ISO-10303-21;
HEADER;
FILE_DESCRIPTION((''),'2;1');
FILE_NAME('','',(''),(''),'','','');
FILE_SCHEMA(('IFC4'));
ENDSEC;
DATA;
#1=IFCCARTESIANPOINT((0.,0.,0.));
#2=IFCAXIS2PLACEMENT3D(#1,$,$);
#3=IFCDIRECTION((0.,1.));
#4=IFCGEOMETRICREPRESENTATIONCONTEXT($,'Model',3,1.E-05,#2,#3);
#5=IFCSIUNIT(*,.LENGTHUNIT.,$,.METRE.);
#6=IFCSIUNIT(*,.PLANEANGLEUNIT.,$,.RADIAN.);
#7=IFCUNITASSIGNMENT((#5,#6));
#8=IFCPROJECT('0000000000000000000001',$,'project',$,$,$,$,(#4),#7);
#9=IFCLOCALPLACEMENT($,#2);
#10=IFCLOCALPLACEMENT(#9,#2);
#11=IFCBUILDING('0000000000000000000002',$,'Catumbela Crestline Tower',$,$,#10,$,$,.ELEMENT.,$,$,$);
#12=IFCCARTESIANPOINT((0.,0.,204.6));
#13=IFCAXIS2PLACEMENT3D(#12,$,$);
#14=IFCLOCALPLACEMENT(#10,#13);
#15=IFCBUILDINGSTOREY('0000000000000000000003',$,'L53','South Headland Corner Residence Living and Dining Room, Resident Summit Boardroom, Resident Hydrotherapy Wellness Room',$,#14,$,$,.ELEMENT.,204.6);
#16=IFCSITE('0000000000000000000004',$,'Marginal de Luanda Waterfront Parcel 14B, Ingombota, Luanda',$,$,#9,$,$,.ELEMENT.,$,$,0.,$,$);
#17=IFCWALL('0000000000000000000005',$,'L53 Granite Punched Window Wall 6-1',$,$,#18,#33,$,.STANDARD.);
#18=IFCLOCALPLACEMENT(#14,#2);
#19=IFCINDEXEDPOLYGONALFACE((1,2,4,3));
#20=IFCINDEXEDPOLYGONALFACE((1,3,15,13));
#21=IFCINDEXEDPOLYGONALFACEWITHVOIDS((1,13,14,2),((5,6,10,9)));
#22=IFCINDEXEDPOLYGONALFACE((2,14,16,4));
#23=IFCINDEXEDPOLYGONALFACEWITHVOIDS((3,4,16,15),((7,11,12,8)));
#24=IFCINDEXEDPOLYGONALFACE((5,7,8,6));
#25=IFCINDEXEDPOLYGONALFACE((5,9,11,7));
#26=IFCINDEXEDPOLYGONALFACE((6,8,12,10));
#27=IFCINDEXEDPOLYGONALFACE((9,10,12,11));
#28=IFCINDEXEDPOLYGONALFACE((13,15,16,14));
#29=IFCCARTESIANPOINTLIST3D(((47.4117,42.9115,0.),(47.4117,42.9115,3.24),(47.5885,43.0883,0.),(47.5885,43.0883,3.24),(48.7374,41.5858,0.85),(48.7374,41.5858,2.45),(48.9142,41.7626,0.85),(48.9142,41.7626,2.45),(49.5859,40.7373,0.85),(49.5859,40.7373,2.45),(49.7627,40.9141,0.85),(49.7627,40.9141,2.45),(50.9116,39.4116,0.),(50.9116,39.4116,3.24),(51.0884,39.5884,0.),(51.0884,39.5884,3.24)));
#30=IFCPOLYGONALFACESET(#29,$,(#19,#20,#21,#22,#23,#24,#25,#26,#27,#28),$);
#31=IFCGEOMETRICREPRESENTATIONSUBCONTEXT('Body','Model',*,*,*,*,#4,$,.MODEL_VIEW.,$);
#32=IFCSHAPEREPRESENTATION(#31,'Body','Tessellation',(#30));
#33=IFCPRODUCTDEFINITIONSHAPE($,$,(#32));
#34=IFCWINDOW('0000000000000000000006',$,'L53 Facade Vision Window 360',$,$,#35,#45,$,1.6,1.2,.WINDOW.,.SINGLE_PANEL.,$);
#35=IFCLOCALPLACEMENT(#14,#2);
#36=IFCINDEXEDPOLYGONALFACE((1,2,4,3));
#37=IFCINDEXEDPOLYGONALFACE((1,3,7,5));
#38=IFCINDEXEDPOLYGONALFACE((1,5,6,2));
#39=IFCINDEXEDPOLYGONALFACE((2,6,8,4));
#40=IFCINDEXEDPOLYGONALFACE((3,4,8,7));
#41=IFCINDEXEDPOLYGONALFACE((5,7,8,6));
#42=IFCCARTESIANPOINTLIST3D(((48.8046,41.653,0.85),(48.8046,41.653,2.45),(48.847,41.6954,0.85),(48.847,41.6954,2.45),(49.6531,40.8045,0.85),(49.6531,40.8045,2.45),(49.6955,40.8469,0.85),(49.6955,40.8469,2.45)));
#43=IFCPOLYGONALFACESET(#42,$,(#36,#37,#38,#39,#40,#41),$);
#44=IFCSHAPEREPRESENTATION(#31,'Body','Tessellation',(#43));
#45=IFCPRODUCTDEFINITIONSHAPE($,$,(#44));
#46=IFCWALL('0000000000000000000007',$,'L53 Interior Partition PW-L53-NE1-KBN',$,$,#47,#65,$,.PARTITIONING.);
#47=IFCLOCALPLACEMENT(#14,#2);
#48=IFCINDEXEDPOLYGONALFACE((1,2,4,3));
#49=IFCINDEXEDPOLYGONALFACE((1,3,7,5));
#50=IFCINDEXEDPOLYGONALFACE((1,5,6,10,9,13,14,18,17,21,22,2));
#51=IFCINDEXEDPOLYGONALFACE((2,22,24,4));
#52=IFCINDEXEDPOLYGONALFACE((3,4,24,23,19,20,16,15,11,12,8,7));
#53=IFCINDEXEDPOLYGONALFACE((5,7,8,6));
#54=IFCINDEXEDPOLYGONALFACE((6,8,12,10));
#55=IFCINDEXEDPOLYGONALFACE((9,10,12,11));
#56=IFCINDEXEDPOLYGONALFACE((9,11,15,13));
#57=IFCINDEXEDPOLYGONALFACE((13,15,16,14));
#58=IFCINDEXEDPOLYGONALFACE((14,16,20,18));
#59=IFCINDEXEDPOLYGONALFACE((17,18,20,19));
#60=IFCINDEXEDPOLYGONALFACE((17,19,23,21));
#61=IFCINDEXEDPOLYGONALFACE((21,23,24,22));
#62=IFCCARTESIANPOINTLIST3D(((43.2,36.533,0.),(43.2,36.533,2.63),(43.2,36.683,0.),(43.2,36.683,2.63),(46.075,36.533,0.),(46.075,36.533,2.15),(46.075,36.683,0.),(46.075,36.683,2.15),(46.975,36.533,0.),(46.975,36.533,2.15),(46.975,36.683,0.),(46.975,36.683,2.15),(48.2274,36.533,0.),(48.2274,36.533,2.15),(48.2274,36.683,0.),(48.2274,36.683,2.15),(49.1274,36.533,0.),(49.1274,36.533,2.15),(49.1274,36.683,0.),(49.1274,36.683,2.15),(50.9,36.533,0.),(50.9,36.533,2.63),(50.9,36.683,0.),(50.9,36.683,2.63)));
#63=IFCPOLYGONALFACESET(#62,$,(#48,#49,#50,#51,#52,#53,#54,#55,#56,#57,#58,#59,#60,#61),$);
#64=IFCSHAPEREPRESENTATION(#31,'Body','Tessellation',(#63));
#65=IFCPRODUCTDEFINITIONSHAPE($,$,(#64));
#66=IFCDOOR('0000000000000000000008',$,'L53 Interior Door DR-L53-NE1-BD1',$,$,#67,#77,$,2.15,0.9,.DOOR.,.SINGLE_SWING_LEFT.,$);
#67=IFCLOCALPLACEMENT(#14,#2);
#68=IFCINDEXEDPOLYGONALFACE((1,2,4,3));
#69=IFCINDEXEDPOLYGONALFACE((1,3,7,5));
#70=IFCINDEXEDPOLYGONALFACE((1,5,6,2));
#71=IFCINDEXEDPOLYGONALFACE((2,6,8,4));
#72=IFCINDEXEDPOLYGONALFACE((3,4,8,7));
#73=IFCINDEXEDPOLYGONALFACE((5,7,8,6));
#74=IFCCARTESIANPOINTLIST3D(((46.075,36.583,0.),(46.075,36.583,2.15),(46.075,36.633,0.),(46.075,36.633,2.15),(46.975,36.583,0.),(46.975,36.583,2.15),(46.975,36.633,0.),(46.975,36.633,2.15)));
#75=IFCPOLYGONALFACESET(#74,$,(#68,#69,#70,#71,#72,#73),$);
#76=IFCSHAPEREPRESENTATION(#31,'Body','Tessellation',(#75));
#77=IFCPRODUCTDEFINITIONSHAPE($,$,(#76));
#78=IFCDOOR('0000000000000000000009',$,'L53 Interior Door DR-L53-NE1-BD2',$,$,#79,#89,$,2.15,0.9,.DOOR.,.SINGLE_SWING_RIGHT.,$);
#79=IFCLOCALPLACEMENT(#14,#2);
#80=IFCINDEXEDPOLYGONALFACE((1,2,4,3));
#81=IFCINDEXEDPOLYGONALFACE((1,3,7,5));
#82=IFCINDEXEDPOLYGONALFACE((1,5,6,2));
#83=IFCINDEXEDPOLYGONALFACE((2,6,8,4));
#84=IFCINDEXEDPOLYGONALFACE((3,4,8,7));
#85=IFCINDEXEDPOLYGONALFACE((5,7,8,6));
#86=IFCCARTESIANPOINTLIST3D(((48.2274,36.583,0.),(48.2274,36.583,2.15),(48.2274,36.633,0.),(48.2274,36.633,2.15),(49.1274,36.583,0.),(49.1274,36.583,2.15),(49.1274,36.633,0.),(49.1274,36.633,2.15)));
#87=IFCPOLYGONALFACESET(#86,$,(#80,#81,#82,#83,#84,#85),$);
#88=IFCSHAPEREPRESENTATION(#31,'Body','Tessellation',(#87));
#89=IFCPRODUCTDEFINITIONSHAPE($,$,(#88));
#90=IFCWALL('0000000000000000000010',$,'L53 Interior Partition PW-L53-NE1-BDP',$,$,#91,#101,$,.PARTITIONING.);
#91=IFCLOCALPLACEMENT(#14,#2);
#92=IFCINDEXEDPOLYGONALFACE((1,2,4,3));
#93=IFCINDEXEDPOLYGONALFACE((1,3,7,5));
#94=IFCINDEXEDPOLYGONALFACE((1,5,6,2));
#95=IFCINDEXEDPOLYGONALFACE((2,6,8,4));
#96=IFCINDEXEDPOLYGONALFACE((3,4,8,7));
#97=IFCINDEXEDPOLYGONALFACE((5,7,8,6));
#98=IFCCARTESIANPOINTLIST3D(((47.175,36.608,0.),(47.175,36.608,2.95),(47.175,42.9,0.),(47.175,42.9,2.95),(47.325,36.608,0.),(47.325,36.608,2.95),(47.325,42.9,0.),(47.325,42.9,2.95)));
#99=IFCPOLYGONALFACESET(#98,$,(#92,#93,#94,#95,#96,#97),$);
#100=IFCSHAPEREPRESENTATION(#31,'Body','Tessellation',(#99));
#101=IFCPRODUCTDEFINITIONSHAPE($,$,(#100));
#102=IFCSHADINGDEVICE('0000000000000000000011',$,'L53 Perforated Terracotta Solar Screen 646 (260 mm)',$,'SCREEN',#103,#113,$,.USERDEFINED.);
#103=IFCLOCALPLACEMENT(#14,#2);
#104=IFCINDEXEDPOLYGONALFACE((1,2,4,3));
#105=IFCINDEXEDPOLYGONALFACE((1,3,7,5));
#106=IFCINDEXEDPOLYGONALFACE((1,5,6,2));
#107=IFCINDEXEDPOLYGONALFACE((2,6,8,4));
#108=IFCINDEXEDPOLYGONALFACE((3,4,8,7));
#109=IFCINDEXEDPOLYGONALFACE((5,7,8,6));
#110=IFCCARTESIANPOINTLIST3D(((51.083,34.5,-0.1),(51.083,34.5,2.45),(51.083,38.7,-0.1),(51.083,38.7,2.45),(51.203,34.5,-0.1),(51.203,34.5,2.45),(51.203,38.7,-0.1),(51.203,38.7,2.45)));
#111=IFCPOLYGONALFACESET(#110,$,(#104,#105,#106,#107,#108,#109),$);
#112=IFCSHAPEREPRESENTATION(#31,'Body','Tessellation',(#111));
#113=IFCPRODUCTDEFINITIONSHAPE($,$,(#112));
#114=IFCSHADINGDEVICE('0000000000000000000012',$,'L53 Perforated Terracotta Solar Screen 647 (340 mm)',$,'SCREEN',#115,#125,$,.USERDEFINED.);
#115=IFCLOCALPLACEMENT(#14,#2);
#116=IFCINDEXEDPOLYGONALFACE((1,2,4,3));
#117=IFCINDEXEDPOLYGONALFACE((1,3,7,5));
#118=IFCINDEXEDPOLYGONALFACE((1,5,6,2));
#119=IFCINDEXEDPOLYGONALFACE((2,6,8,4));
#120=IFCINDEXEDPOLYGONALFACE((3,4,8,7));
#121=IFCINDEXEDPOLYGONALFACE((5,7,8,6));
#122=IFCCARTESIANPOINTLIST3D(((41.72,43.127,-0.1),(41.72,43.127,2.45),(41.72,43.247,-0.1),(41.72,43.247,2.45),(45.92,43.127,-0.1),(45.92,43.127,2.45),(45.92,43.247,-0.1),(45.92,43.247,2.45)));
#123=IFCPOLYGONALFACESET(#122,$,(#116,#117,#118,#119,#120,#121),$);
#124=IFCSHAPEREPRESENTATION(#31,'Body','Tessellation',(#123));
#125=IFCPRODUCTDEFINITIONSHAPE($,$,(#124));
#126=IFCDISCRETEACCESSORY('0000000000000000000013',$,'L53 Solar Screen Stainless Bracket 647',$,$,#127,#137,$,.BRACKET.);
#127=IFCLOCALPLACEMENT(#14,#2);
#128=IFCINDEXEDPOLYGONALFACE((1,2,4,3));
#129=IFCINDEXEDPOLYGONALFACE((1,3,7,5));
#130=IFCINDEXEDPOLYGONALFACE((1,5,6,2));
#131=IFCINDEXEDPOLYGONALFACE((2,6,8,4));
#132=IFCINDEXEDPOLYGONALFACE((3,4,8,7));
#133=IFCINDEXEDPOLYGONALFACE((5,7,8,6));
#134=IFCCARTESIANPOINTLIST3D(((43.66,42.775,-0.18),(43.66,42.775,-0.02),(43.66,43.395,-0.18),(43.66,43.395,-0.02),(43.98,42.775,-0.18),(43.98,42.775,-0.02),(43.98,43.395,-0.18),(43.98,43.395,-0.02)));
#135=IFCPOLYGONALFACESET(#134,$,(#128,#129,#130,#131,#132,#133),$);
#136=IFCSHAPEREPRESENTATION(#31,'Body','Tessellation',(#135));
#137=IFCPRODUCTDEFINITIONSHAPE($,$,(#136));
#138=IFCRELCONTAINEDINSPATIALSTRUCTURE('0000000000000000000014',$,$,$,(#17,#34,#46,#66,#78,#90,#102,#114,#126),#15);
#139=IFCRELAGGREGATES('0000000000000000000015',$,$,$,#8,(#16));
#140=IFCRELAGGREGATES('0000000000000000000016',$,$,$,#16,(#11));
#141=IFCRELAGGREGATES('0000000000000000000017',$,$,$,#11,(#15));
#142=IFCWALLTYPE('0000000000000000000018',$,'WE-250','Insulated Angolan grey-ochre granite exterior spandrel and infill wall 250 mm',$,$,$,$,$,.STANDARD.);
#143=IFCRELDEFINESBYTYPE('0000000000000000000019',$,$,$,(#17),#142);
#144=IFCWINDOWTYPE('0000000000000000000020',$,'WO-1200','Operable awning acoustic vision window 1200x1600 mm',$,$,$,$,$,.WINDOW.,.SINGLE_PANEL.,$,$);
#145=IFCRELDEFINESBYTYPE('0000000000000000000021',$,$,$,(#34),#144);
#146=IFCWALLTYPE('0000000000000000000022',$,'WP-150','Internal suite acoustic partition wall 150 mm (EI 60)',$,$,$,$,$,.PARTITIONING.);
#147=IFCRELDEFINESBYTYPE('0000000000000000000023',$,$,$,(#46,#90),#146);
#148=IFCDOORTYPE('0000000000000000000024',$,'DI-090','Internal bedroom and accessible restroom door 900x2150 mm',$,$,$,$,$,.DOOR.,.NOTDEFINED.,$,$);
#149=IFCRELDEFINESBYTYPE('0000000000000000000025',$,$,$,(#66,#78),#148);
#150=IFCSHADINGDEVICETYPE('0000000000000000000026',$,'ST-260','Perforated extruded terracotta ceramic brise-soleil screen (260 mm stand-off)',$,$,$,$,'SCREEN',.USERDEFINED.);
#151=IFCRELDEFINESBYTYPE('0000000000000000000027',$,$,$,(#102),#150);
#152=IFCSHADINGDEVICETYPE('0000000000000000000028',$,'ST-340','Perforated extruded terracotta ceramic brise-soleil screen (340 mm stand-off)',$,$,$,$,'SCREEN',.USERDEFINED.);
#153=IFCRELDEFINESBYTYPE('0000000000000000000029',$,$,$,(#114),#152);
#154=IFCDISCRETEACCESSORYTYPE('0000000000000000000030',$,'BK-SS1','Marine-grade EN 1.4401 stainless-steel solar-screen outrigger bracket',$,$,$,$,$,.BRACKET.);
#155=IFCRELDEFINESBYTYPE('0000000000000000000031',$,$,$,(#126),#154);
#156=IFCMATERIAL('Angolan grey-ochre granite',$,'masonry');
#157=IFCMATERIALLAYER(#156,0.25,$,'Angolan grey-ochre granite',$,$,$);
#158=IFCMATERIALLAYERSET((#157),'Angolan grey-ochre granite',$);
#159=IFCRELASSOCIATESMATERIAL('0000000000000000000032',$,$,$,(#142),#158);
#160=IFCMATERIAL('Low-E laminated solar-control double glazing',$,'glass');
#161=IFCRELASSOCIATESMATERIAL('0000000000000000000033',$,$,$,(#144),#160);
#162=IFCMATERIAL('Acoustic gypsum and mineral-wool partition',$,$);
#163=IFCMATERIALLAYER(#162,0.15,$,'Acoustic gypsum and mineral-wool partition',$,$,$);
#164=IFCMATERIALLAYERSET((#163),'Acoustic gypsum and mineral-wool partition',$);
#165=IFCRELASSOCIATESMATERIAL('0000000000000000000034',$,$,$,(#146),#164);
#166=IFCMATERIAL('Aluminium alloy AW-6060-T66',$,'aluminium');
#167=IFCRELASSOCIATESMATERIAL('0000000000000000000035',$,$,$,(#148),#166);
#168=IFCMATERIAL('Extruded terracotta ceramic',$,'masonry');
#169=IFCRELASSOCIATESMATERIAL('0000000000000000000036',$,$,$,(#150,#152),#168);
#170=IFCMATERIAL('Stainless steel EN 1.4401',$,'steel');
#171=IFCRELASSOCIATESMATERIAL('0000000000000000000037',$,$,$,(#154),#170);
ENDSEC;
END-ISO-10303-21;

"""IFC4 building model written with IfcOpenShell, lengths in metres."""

from ifc_helpers import new_model, si_unit, direction, frame, frame_2d, origin, origin_2d, place, context, subcontext, project, spatial, rectangle, extrude, material, layer, layer_set, type_object, element, fill, save


model = new_model("IFC4")

# Units and contexts
model_context = context("Model", 3, precision=1e-05, world=origin(), true_north=direction((0.0, 1.0)))
body_context = subcontext(model_context, "Body", "Model", "MODEL_VIEW")
ifc_project = project(units=[si_unit("LENGTHUNIT", "METRE"), si_unit("PLANEANGLEUNIT", "RADIAN")], contexts=[model_context])

# Site, building, storey
site_placement = place(None, origin())
site = spatial("IfcSite", under=ifc_project, at=site_placement, Name="Marginal de Luanda Waterfront Parcel 14B, Ingombota, Luanda", CompositionType="ELEMENT", RefElevation=0.0)
building_placement = place(site_placement, origin())
building = spatial("IfcBuilding", under=site, at=building_placement, Name="Catumbela Crestline Tower", CompositionType="ELEMENT")
storey_placement = place(building_placement, frame((0.0, 0.0, 204.6)))
storey = spatial("IfcBuildingStorey", under=building, at=storey_placement, Name="L53", Description="South Headland Corner Residence Living and Dining Room, Resident Summit Boardroom, Resident Hydrotherapy Wellness Room", CompositionType="ELEMENT", Elevation=204.6)

# Shared definitions
ifc_material_1 = material(Name="Aluminium alloy AW-6060-T66", Category="aluminium")

# Shared definitions
ifc_material_2 = material(Name="Low-E laminated solar-control double glazing", Category="glass")

# Wall, opening, window
ifc_material_3 = material(Name="Angolan grey-ochre granite", Category="masonry")
ifc_layer_1 = layer(ifc_material_3, 0.25, Name="Angolan grey-ochre granite")
ifc_layer_set_1 = layer_set([ifc_layer_1], Name="Angolan grey-ochre granite")
wall_type_1 = type_object("IfcWallType", Name="WE-250", Description="Insulated Angolan grey-ochre granite exterior spandrel and infill wall 250 mm", PredefinedType="STANDARD", material=ifc_layer_set_1)
wall_1_placement = place(storey_placement, frame((51.0, 39.5, 0.0), z_axis=(0.0, 0.0, 1.0), x_axis=(-0.707107, 0.707107, 0.0)))
wall_1 = element("IfcWall", 1, at=wall_1_placement, inside=storey, type_object=wall_type_1, Name="L53 Granite Punched Window Wall 6-1", PredefinedType="STANDARD", context=body_context, shape_type="SweptSolid", body=[
    extrude(rectangle(XDim=4.9497, YDim=0.25, at=frame_2d((2.4748, 0.0))), origin(), (0.0, 0.0, 1.0), 3.24),
])
opening_1_placement = place(wall_1_placement, frame((1.8748, 0.0, 0.85)))
opening_1 = element("IfcOpeningElement", 2, at=opening_1_placement, cuts=wall_1, PredefinedType="OPENING", context=body_context, shape_type="SweptSolid", body=[
    extrude(rectangle(XDim=1.2, YDim=1.6, at=frame_2d((0.6, 0.8))), frame((0.0, 0.135, 0.0), z_axis=(0.0, -1.0, 0.0), x_axis=(1.0, 0.0, 0.0)), (0.0, 0.0, 1.0), 0.27),
])
window_type = type_object("IfcWindowType", Name="WO-1200", Description="Operable awning acoustic vision window 1200x1600 mm", PartitioningType="SINGLE_PANEL", PredefinedType="WINDOW", material=ifc_material_2)
window_placement = place(opening_1_placement, origin())
window = element("IfcWindow", 3, at=window_placement, inside=storey, type_object=window_type, Name="L53 Facade Vision Window 360", OverallHeight=1.6, OverallWidth=1.2, PartitioningType="SINGLE_PANEL", PredefinedType="WINDOW", context=body_context, shape_type="SweptSolid", body=[
    extrude(rectangle(XDim=1.2, YDim=1.6, at=frame_2d((0.6, 0.8))), frame((0.0, 0.03, 0.0), z_axis=(0.0, -1.0, 0.0), x_axis=(1.0, 0.0, 0.0)), (0.0, 0.0, 1.0), 0.06),
])
fill(opening_1, window)

# Wall, openings, doors
ifc_material_4 = material(Name="Acoustic gypsum and mineral-wool partition")
ifc_layer_2 = layer(ifc_material_4, 0.15, Name="Acoustic gypsum and mineral-wool partition")
ifc_layer_set_2 = layer_set([ifc_layer_2], Name="Acoustic gypsum and mineral-wool partition")
wall_type_2 = type_object("IfcWallType", Name="WP-150", Description="Internal suite acoustic partition wall 150 mm (EI 60)", PredefinedType="PARTITIONING", material=ifc_layer_set_2)
wall_2_placement = place(storey_placement, frame((43.2, 36.608, 0.0), z_axis=(0.0, 0.0, 1.0), x_axis=(1.0, 0.0, 0.0)))
wall_2 = element("IfcWall", 4, at=wall_2_placement, inside=storey, type_object=wall_type_2, Name="L53 Interior Partition PW-L53-NE1-KBN", PredefinedType="PARTITIONING", context=body_context, shape_type="SweptSolid", body=[
    extrude(rectangle(XDim=7.7, YDim=0.15, at=frame_2d((3.85, 0.0))), origin(), (0.0, 0.0, 1.0), 2.63),
])
opening_2_placement = place(wall_2_placement, frame((2.875, 0.0, 0.0)))
opening_2 = element("IfcOpeningElement", 5, at=opening_2_placement, cuts=wall_2, PredefinedType="OPENING", context=body_context, shape_type="SweptSolid", body=[
    extrude(rectangle(XDim=0.9, YDim=2.15, at=frame_2d((0.45, 1.075))), frame((0.0, 0.085, 0.0), z_axis=(0.0, -1.0, 0.0), x_axis=(1.0, 0.0, 0.0)), (0.0, 0.0, 1.0), 0.17),
])
opening_3_placement = place(wall_2_placement, frame((5.0274, 0.0, 0.0)))
opening_3 = element("IfcOpeningElement", 6, at=opening_3_placement, cuts=wall_2, PredefinedType="OPENING", context=body_context, shape_type="SweptSolid", body=[
    extrude(rectangle(XDim=0.9, YDim=2.15, at=frame_2d((0.45, 1.075))), frame((0.0, 0.085, 0.0), z_axis=(0.0, -1.0, 0.0), x_axis=(1.0, 0.0, 0.0)), (0.0, 0.0, 1.0), 0.17),
])
door_type = type_object("IfcDoorType", Name="DI-090", Description="Internal bedroom and accessible restroom door 900x2150 mm", OperationType="NOTDEFINED", PredefinedType="DOOR", material=ifc_material_1)
door_1_placement = place(opening_2_placement, origin())
door_1 = element("IfcDoor", 7, at=door_1_placement, inside=storey, type_object=door_type, Name="L53 Interior Door DR-L53-NE1-BD1", OperationType="SINGLE_SWING_LEFT", OverallHeight=2.15, OverallWidth=0.9, PredefinedType="DOOR", context=body_context, shape_type="SweptSolid", body=[
    extrude(rectangle(XDim=0.9, YDim=2.15, at=frame_2d((0.45, 1.075))), frame((0.0, 0.025, 0.0), z_axis=(0.0, -1.0, 0.0), x_axis=(1.0, 0.0, 0.0)), (0.0, 0.0, 1.0), 0.05),
])
fill(opening_2, door_1)
door_2_placement = place(opening_3_placement, origin())
door_2 = element("IfcDoor", 8, at=door_2_placement, inside=storey, type_object=door_type, Name="L53 Interior Door DR-L53-NE1-BD2", OperationType="SINGLE_SWING_RIGHT", OverallHeight=2.15, OverallWidth=0.9, PredefinedType="DOOR", context=body_context, shape_type="SweptSolid", body=[
    extrude(rectangle(XDim=0.9, YDim=2.15, at=frame_2d((0.45, 1.075))), frame((0.0, 0.025, 0.0), z_axis=(0.0, -1.0, 0.0), x_axis=(1.0, 0.0, 0.0)), (0.0, 0.0, 1.0), 0.05),
])
fill(opening_3, door_2)

# Wall
wall_3_placement = place(storey_placement, frame((47.25, 36.608, 0.0), z_axis=(0.0, 0.0, 1.0), x_axis=(0.0, 1.0, 0.0)))
element("IfcWall", 9, at=wall_3_placement, inside=storey, type_object=wall_type_2, Name="L53 Interior Partition PW-L53-NE1-BDP", PredefinedType="PARTITIONING", context=body_context, shape_type="SweptSolid", body=[
    extrude(rectangle(XDim=6.292, YDim=0.15, at=frame_2d((3.146, 0.0))), origin(), (0.0, 0.0, 1.0), 2.95),
])

# Shading devices
ifc_material_5 = material(Name="Extruded terracotta ceramic", Category="masonry")
shading_device_type_1 = type_object("IfcShadingDeviceType", Name="ST-260", Description="Perforated extruded terracotta ceramic brise-soleil screen (260 mm stand-off)", ElementType="SCREEN", PredefinedType="USERDEFINED", material=ifc_material_5)
shading_device_1_placement = place(storey_placement, frame((51.143, 36.6, -0.1), z_axis=(0.0, 0.0, 1.0), x_axis=(0.0, 1.0, 0.0)))
element("IfcShadingDevice", 10, at=shading_device_1_placement, inside=storey, type_object=shading_device_type_1, Name="L53 Perforated Terracotta Solar Screen 646 (260 mm)", ObjectType="SCREEN", PredefinedType="USERDEFINED", context=body_context, shape_type="SweptSolid", body=[
    extrude(rectangle(XDim=4.2, YDim=0.12, at=origin_2d()), origin(), (0.0, 0.0, 1.0), 2.55),
])
shading_device_type_2 = type_object("IfcShadingDeviceType", Name="ST-340", Description="Perforated extruded terracotta ceramic brise-soleil screen (340 mm stand-off)", ElementType="SCREEN", PredefinedType="USERDEFINED", material=ifc_material_5)
shading_device_2_placement = place(storey_placement, frame((43.82, 43.187, -0.1), z_axis=(0.0, 0.0, 1.0), x_axis=(-1.0, 0.0, 0.0)))
element("IfcShadingDevice", 11, at=shading_device_2_placement, inside=storey, type_object=shading_device_type_2, Name="L53 Perforated Terracotta Solar Screen 647 (340 mm)", ObjectType="SCREEN", PredefinedType="USERDEFINED", context=body_context, shape_type="SweptSolid", body=[
    extrude(rectangle(XDim=4.2, YDim=0.12, at=origin_2d()), origin(), (0.0, 0.0, 1.0), 2.55),
])

# Discrete accessory
ifc_material_6 = material(Name="Stainless steel EN 1.4401", Category="steel")
discrete_accessory_type = type_object("IfcDiscreteAccessoryType", Name="BK-SS1", Description="Marine-grade EN 1.4401 stainless-steel solar-screen outrigger bracket", PredefinedType="BRACKET", material=ifc_material_6)
discrete_accessory_placement = place(storey_placement, frame((43.82, 43.085, -0.18), z_axis=(0.0, 0.0, 1.0), x_axis=(-1.0, 0.0, 0.0)))
element("IfcDiscreteAccessory", 12, at=discrete_accessory_placement, inside=storey, type_object=discrete_accessory_type, Name="L53 Solar Screen Stainless Bracket 647", PredefinedType="BRACKET", context=body_context, shape_type="SweptSolid", body=[
    extrude(rectangle(XDim=0.32, YDim=0.62, at=origin_2d()), origin(), (0.0, 0.0, 1.0), 0.16),
])

save(model, "model.ifc")
